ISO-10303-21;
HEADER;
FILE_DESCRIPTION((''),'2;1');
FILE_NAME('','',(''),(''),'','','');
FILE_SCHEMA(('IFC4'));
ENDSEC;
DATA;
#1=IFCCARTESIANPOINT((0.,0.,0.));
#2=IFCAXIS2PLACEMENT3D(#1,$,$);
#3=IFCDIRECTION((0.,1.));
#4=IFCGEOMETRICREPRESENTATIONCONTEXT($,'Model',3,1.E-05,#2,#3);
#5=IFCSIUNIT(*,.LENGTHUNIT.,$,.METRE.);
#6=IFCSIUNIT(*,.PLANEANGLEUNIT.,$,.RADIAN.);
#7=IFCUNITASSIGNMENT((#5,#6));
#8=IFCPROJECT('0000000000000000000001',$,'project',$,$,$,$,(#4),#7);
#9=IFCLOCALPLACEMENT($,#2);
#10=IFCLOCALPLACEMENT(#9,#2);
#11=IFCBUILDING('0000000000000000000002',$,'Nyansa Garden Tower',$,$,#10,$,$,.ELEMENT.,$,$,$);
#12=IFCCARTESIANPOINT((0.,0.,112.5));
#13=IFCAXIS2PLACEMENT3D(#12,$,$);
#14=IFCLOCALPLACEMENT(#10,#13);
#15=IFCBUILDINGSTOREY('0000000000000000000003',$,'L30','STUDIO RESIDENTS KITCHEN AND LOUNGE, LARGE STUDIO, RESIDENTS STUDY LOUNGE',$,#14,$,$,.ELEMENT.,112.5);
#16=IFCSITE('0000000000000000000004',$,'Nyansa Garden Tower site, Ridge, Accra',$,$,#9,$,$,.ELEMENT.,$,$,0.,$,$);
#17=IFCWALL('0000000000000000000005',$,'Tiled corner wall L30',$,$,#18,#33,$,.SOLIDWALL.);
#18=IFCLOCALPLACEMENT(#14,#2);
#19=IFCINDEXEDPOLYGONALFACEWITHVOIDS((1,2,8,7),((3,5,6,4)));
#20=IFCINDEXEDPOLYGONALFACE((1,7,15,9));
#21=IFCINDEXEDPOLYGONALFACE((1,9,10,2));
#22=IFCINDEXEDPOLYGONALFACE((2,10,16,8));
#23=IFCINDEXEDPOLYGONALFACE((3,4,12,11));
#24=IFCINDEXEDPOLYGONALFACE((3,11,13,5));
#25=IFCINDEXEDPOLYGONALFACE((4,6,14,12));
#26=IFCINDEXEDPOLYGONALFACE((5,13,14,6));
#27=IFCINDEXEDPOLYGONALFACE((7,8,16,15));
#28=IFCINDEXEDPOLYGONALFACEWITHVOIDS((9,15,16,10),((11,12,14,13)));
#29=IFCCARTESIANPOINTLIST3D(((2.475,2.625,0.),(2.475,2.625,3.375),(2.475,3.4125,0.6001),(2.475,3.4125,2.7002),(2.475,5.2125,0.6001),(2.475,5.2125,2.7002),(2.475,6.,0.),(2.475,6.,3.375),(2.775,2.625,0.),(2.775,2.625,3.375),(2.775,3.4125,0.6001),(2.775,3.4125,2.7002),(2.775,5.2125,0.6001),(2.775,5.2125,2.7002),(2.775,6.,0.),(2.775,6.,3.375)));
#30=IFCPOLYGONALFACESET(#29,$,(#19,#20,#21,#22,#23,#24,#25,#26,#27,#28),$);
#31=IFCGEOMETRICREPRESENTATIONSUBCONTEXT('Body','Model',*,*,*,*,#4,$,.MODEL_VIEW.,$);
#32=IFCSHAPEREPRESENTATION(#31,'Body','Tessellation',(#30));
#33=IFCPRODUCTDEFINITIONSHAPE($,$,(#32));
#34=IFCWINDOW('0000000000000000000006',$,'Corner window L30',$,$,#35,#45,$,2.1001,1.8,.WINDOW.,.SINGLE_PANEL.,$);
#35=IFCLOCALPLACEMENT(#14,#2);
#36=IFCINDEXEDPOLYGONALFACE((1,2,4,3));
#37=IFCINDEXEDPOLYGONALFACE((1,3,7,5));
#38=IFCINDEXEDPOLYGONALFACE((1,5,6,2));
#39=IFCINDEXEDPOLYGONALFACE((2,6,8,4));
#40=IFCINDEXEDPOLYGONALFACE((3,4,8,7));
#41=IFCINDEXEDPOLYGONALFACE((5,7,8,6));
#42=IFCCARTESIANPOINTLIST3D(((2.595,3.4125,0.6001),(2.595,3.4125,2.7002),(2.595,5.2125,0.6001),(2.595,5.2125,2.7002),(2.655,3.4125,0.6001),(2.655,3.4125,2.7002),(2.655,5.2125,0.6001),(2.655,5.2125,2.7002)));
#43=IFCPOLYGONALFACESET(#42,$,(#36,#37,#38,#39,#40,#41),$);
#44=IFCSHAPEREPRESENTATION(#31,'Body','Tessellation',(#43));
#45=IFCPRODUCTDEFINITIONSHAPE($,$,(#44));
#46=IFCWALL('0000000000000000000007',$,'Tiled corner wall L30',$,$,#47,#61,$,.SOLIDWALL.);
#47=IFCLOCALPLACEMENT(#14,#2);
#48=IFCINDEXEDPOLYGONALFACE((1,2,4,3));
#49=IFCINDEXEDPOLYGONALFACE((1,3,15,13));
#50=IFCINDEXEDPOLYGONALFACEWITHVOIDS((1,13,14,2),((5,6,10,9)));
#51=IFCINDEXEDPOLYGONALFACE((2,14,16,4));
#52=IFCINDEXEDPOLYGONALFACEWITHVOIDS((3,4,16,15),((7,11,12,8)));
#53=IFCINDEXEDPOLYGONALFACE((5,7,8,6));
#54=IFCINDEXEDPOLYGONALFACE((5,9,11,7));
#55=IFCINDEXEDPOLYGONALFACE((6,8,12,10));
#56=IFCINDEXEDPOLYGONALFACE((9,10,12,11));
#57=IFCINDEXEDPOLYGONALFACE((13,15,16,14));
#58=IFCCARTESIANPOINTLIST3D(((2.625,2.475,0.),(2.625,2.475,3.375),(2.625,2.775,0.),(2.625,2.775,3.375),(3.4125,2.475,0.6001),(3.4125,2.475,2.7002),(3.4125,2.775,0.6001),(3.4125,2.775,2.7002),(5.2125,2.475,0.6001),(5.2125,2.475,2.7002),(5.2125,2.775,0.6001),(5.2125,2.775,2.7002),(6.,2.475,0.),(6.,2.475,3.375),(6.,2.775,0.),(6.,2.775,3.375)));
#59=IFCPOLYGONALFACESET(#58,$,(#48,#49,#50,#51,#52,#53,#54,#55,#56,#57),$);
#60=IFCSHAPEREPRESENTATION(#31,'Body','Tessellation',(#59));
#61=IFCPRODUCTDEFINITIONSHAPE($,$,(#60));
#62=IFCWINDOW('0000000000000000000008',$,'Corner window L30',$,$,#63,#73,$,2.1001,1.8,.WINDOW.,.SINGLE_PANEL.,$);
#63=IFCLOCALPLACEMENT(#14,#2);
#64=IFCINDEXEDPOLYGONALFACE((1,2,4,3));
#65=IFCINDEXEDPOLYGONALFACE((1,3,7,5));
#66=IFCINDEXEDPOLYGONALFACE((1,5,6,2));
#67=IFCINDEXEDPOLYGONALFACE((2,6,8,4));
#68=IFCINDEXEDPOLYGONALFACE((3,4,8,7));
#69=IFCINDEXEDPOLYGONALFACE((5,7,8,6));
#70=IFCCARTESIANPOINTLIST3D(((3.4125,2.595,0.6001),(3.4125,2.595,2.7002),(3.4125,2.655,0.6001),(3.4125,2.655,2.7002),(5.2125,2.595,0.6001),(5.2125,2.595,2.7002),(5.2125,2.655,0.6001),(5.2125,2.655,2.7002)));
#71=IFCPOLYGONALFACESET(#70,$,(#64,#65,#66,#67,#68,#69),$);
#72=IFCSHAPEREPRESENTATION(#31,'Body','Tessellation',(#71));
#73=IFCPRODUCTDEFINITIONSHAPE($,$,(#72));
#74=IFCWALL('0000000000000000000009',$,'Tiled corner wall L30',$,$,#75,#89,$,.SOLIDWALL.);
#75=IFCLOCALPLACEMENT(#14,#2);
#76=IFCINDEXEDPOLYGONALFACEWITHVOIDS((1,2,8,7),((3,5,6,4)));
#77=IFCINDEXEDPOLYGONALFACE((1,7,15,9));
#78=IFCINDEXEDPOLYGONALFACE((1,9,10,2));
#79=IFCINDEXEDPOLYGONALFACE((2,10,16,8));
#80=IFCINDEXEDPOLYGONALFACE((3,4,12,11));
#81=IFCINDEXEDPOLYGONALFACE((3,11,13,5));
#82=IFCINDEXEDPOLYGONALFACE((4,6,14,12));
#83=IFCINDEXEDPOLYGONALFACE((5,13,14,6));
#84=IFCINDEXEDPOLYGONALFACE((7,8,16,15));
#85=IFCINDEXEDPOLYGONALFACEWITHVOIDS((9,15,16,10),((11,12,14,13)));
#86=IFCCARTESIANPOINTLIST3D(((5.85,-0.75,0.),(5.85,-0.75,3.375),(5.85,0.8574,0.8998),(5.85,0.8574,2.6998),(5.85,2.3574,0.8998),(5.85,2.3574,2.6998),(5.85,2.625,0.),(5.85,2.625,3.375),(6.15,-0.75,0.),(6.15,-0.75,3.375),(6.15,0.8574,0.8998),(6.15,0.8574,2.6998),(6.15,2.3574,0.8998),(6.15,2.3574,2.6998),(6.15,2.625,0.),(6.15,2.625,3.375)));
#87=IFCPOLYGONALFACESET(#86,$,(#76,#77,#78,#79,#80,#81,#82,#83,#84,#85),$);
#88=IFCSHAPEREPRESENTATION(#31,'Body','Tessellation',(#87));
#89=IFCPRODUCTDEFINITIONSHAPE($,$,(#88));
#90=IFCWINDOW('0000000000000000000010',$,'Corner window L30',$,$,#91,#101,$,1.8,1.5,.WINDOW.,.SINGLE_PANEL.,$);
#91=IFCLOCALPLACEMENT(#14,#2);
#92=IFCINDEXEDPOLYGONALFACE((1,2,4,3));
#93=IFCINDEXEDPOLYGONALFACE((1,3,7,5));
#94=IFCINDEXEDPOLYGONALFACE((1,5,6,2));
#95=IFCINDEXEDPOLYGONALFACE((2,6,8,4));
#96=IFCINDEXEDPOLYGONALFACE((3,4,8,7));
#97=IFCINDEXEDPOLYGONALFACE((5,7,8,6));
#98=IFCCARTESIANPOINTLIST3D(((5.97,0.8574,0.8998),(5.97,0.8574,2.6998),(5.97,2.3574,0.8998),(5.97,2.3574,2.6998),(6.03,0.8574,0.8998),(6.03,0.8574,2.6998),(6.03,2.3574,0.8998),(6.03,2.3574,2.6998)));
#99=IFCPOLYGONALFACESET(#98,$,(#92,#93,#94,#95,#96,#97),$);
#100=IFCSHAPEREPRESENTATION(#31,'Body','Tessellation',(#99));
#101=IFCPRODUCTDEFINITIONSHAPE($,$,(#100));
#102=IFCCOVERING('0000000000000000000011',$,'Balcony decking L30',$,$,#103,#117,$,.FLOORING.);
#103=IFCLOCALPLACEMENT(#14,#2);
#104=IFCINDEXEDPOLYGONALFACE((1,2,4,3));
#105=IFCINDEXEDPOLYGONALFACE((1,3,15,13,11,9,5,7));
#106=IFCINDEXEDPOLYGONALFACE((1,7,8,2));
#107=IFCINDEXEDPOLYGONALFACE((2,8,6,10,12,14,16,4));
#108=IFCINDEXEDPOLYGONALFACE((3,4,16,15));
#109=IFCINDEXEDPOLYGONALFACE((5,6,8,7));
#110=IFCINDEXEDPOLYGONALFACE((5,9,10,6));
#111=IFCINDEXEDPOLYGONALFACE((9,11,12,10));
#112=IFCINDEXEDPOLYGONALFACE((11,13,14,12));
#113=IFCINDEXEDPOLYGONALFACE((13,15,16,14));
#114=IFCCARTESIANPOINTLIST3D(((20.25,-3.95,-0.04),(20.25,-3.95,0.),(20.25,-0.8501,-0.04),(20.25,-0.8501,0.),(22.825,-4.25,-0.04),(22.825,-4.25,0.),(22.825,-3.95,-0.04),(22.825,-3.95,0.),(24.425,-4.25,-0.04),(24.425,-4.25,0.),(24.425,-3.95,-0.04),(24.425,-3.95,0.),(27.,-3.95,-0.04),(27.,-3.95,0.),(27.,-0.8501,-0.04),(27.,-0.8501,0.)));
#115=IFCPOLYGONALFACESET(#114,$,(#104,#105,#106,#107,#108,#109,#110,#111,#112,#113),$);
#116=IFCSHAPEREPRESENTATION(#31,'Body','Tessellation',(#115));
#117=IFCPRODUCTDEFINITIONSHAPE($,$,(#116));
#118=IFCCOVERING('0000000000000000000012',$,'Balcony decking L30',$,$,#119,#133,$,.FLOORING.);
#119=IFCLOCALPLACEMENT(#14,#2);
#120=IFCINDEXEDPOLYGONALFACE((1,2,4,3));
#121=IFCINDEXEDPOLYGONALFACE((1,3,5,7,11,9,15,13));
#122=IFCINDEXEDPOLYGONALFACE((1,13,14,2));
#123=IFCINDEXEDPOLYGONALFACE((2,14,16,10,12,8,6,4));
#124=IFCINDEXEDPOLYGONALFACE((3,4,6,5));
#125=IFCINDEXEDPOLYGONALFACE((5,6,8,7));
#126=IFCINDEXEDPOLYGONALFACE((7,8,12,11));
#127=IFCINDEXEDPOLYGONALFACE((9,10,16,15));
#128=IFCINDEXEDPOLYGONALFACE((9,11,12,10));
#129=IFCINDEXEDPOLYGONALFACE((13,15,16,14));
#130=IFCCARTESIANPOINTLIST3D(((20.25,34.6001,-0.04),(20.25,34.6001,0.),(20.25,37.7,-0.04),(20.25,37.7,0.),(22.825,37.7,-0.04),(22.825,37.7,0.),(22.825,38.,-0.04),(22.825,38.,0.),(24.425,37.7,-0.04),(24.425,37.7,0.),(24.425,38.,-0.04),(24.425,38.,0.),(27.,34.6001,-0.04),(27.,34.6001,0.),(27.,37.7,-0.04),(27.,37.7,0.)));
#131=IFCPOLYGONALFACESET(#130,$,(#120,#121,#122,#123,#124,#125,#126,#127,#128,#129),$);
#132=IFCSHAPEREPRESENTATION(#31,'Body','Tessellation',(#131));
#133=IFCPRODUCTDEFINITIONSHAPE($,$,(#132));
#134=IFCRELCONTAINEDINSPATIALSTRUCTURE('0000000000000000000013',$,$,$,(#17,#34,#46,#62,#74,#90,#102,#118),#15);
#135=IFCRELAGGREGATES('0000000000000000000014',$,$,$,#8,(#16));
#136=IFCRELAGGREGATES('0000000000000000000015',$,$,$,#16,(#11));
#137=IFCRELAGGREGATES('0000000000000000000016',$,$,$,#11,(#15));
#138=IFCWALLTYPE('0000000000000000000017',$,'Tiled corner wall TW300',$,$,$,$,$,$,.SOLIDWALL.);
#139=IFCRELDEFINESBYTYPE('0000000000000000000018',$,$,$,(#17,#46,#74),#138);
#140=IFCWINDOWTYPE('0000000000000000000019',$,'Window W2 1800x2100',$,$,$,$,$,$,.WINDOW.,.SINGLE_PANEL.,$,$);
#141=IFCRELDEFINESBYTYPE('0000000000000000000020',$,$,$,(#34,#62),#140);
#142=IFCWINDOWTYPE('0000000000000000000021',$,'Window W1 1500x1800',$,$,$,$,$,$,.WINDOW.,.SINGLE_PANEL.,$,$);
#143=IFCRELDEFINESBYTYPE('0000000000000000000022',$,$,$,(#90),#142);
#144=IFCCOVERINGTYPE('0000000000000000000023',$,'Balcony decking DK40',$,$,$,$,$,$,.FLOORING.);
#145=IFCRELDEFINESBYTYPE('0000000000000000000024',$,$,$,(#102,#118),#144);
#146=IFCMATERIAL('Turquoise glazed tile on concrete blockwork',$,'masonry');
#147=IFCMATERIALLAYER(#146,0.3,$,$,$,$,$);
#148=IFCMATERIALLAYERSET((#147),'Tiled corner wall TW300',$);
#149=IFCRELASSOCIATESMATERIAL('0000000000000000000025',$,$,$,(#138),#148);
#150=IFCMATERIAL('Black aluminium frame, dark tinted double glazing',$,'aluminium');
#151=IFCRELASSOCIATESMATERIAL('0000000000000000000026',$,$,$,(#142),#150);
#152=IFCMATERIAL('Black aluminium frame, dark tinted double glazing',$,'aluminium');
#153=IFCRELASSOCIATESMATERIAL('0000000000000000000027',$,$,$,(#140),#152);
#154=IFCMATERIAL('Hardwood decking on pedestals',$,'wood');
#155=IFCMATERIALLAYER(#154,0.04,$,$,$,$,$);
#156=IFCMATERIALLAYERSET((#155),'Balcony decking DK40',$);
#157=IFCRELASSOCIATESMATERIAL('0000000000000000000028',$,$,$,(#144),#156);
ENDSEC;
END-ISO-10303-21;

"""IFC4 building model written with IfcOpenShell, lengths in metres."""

from ifc_helpers import new_model, si_unit, direction, frame, frame_2d, origin, place, context, subcontext, project, spatial, polyline, rectangle, outline, extrude, material, layer, layer_set, type_object, element, fill, save


model = new_model("IFC4")

# Units and contexts
model_context = context("Model", 3, precision=1e-05, world=origin(), true_north=direction((0.0, 1.0)))
body_context = subcontext(model_context, "Body", "Model", "MODEL_VIEW")
ifc_project = project(units=[si_unit("LENGTHUNIT", "METRE"), si_unit("PLANEANGLEUNIT", "RADIAN")], contexts=[model_context])

# Site, building, storey
site_placement = place(None, origin())
site = spatial("IfcSite", under=ifc_project, at=site_placement, Name="Nyansa Garden Tower site, Ridge, Accra", CompositionType="ELEMENT", RefElevation=0.0)
building_placement = place(site_placement, origin())
building = spatial("IfcBuilding", under=site, at=building_placement, Name="Nyansa Garden Tower", CompositionType="ELEMENT")
storey_placement = place(building_placement, frame((0.0, 0.0, 112.5)))
storey = spatial("IfcBuildingStorey", under=building, at=storey_placement, Name="L30", Description="STUDIO RESIDENTS KITCHEN AND LOUNGE, LARGE STUDIO, RESIDENTS STUDY LOUNGE", CompositionType="ELEMENT", Elevation=112.5)

# Walls, openings, windows
ifc_material_1 = material(Name="Turquoise glazed tile on concrete blockwork", Category="masonry")
ifc_layer_1 = layer(ifc_material_1, 0.3)
ifc_layer_set_1 = layer_set([ifc_layer_1], Name="Tiled corner wall TW300")
wall_type = type_object("IfcWallType", Name="Tiled corner wall TW300", PredefinedType="SOLIDWALL", material=ifc_layer_set_1)
ifc_material_2 = material(Name="Black aluminium frame, dark tinted double glazing", Category="aluminium")
window_type_1 = type_object("IfcWindowType", Name="Window W1 1500x1800", PartitioningType="SINGLE_PANEL", PredefinedType="WINDOW", material=ifc_material_2)
wall_1_placement = place(storey_placement, frame((2.625, 6.0, 0.0), z_axis=(0.0, 0.0, 1.0), x_axis=(0.0, -1.0, 0.0)))
wall_1 = element("IfcWall", 1, at=wall_1_placement, inside=storey, type_object=wall_type, Name="Tiled corner wall L30", PredefinedType="SOLIDWALL", context=body_context, shape_type="SweptSolid", body=[
    extrude(rectangle(XDim=3.375, YDim=0.3, at=frame_2d((1.6875, 0.0))), origin(), (0.0, 0.0, 1.0), 3.375),
])
opening_1_placement = place(wall_1_placement, frame((0.7876, 0.0, 0.6001)))
opening_1 = element("IfcOpeningElement", 2, at=opening_1_placement, cuts=wall_1, PredefinedType="OPENING", context=body_context, shape_type="SweptSolid", body=[
    extrude(rectangle(XDim=1.8, YDim=2.1001, at=frame_2d((0.8999, 1.05))), frame((0.0, 0.1599, 0.0), z_axis=(0.0, -1.0, 0.0), x_axis=(1.0, 0.0, 0.0)), (0.0, 0.0, 1.0), 0.3201),
])
ifc_material_3 = material(Name="Black aluminium frame, dark tinted double glazing", Category="aluminium")
window_type_2 = type_object("IfcWindowType", Name="Window W2 1800x2100", PartitioningType="SINGLE_PANEL", PredefinedType="WINDOW", material=ifc_material_3)
window_1_placement = place(opening_1_placement, origin())
window_1 = element("IfcWindow", 3, at=window_1_placement, inside=storey, type_object=window_type_2, Name="Corner window L30", OverallHeight=2.1001, OverallWidth=1.8, PartitioningType="SINGLE_PANEL", PredefinedType="WINDOW", context=body_context, shape_type="SweptSolid", body=[
    extrude(rectangle(XDim=1.8, YDim=2.1001, at=frame_2d((0.8999, 1.05))), frame((0.0, 0.03, 0.0), z_axis=(0.0, -1.0, 0.0), x_axis=(1.0, 0.0, 0.0)), (0.0, 0.0, 1.0), 0.0601),
])
fill(opening_1, window_1)
wall_2_placement = place(storey_placement, frame((2.625, 2.625, 0.0), z_axis=(0.0, 0.0, 1.0), x_axis=(1.0, 0.0, 0.0)))
wall_2 = element("IfcWall", 4, at=wall_2_placement, inside=storey, type_object=wall_type, Name="Tiled corner wall L30", PredefinedType="SOLIDWALL", context=body_context, shape_type="SweptSolid", body=[
    extrude(rectangle(XDim=3.375, YDim=0.3, at=frame_2d((1.6875, 0.0))), origin(), (0.0, 0.0, 1.0), 3.375),
])
opening_2_placement = place(wall_2_placement, frame((0.7876, 0.0, 0.6001)))
opening_2 = element("IfcOpeningElement", 5, at=opening_2_placement, cuts=wall_2, PredefinedType="OPENING", context=body_context, shape_type="SweptSolid", body=[
    extrude(rectangle(XDim=1.8, YDim=2.1001, at=frame_2d((0.8999, 1.05))), frame((0.0, 0.1599, 0.0), z_axis=(0.0, -1.0, 0.0), x_axis=(1.0, 0.0, 0.0)), (0.0, 0.0, 1.0), 0.3201),
])
window_2_placement = place(opening_2_placement, origin())
window_2 = element("IfcWindow", 6, at=window_2_placement, inside=storey, type_object=window_type_2, Name="Corner window L30", OverallHeight=2.1001, OverallWidth=1.8, PartitioningType="SINGLE_PANEL", PredefinedType="WINDOW", context=body_context, shape_type="SweptSolid", body=[
    extrude(rectangle(XDim=1.8, YDim=2.1001, at=frame_2d((0.8999, 1.05))), frame((0.0, 0.03, 0.0), z_axis=(0.0, -1.0, 0.0), x_axis=(1.0, 0.0, 0.0)), (0.0, 0.0, 1.0), 0.0601),
])
fill(opening_2, window_2)
wall_3_placement = place(storey_placement, frame((6.0, 2.625, 0.0), z_axis=(0.0, 0.0, 1.0), x_axis=(0.0, -1.0, 0.0)))
wall_3 = element("IfcWall", 7, at=wall_3_placement, inside=storey, type_object=wall_type, Name="Tiled corner wall L30", PredefinedType="SOLIDWALL", context=body_context, shape_type="SweptSolid", body=[
    extrude(rectangle(XDim=3.375, YDim=0.3, at=frame_2d((1.6875, 0.0))), origin(), (0.0, 0.0, 1.0), 3.375),
])
opening_3_placement = place(wall_3_placement, frame((0.2676, 0.0, 0.8999)))
opening_3 = element("IfcOpeningElement", 8, at=opening_3_placement, cuts=wall_3, PredefinedType="OPENING", context=body_context, shape_type="SweptSolid", body=[
    extrude(rectangle(XDim=1.5, YDim=1.8, at=frame_2d((0.75, 0.8999))), frame((0.0, 0.1599, 0.0), z_axis=(0.0, -1.0, 0.0), x_axis=(1.0, 0.0, 0.0)), (0.0, 0.0, 1.0), 0.3201),
])
window_3_placement = place(opening_3_placement, origin())
window_3 = element("IfcWindow", 9, at=window_3_placement, inside=storey, type_object=window_type_1, Name="Corner window L30", OverallHeight=1.8, OverallWidth=1.5, PartitioningType="SINGLE_PANEL", PredefinedType="WINDOW", context=body_context, shape_type="SweptSolid", body=[
    extrude(rectangle(XDim=1.5, YDim=1.8, at=frame_2d((0.75, 0.8999))), frame((0.0, 0.03, 0.0), z_axis=(0.0, -1.0, 0.0), x_axis=(1.0, 0.0, 0.0)), (0.0, 0.0, 1.0), 0.0601),
])
fill(opening_3, window_3)

# Coverings
ifc_material_4 = material(Name="Hardwood decking on pedestals", Category="wood")
ifc_layer_2 = layer(ifc_material_4, 0.04)
ifc_layer_set_2 = layer_set([ifc_layer_2], Name="Balcony decking DK40")
covering_type = type_object("IfcCoveringType", Name="Balcony decking DK40", PredefinedType="FLOORING", material=ifc_layer_set_2)
covering_1_placement = place(storey_placement, frame((0.0, 0.0, -0.04)))
element("IfcCovering", 10, at=covering_1_placement, inside=storey, type_object=covering_type, Name="Balcony decking L30", PredefinedType="FLOORING", context=body_context, shape_type="SweptSolid", body=[
    extrude(outline(polyline([(20.25, -0.8501), (27.0, -0.8501), (27.0, -3.95), (24.425, -3.95), (24.425, -4.25), (22.825, -4.25), (22.825, -3.95), (20.25, -3.95), (20.25, -0.8501)])), origin(), (0.0, 0.0, 1.0), 0.04),
])
covering_2_placement = place(storey_placement, frame((0.0, 0.0, -0.04)))
element("IfcCovering", 11, at=covering_2_placement, inside=storey, type_object=covering_type, Name="Balcony decking L30", PredefinedType="FLOORING", context=body_context, shape_type="SweptSolid", body=[
    extrude(outline(polyline([(20.25, 34.6001), (27.0, 34.6001), (27.0, 37.7), (24.425, 37.7), (24.425, 38.0), (22.825, 38.0), (22.825, 37.7), (20.25, 37.7), (20.25, 34.6001)])), origin(), (0.0, 0.0, 1.0), 0.04),
])

save(model, "model.ifc")
